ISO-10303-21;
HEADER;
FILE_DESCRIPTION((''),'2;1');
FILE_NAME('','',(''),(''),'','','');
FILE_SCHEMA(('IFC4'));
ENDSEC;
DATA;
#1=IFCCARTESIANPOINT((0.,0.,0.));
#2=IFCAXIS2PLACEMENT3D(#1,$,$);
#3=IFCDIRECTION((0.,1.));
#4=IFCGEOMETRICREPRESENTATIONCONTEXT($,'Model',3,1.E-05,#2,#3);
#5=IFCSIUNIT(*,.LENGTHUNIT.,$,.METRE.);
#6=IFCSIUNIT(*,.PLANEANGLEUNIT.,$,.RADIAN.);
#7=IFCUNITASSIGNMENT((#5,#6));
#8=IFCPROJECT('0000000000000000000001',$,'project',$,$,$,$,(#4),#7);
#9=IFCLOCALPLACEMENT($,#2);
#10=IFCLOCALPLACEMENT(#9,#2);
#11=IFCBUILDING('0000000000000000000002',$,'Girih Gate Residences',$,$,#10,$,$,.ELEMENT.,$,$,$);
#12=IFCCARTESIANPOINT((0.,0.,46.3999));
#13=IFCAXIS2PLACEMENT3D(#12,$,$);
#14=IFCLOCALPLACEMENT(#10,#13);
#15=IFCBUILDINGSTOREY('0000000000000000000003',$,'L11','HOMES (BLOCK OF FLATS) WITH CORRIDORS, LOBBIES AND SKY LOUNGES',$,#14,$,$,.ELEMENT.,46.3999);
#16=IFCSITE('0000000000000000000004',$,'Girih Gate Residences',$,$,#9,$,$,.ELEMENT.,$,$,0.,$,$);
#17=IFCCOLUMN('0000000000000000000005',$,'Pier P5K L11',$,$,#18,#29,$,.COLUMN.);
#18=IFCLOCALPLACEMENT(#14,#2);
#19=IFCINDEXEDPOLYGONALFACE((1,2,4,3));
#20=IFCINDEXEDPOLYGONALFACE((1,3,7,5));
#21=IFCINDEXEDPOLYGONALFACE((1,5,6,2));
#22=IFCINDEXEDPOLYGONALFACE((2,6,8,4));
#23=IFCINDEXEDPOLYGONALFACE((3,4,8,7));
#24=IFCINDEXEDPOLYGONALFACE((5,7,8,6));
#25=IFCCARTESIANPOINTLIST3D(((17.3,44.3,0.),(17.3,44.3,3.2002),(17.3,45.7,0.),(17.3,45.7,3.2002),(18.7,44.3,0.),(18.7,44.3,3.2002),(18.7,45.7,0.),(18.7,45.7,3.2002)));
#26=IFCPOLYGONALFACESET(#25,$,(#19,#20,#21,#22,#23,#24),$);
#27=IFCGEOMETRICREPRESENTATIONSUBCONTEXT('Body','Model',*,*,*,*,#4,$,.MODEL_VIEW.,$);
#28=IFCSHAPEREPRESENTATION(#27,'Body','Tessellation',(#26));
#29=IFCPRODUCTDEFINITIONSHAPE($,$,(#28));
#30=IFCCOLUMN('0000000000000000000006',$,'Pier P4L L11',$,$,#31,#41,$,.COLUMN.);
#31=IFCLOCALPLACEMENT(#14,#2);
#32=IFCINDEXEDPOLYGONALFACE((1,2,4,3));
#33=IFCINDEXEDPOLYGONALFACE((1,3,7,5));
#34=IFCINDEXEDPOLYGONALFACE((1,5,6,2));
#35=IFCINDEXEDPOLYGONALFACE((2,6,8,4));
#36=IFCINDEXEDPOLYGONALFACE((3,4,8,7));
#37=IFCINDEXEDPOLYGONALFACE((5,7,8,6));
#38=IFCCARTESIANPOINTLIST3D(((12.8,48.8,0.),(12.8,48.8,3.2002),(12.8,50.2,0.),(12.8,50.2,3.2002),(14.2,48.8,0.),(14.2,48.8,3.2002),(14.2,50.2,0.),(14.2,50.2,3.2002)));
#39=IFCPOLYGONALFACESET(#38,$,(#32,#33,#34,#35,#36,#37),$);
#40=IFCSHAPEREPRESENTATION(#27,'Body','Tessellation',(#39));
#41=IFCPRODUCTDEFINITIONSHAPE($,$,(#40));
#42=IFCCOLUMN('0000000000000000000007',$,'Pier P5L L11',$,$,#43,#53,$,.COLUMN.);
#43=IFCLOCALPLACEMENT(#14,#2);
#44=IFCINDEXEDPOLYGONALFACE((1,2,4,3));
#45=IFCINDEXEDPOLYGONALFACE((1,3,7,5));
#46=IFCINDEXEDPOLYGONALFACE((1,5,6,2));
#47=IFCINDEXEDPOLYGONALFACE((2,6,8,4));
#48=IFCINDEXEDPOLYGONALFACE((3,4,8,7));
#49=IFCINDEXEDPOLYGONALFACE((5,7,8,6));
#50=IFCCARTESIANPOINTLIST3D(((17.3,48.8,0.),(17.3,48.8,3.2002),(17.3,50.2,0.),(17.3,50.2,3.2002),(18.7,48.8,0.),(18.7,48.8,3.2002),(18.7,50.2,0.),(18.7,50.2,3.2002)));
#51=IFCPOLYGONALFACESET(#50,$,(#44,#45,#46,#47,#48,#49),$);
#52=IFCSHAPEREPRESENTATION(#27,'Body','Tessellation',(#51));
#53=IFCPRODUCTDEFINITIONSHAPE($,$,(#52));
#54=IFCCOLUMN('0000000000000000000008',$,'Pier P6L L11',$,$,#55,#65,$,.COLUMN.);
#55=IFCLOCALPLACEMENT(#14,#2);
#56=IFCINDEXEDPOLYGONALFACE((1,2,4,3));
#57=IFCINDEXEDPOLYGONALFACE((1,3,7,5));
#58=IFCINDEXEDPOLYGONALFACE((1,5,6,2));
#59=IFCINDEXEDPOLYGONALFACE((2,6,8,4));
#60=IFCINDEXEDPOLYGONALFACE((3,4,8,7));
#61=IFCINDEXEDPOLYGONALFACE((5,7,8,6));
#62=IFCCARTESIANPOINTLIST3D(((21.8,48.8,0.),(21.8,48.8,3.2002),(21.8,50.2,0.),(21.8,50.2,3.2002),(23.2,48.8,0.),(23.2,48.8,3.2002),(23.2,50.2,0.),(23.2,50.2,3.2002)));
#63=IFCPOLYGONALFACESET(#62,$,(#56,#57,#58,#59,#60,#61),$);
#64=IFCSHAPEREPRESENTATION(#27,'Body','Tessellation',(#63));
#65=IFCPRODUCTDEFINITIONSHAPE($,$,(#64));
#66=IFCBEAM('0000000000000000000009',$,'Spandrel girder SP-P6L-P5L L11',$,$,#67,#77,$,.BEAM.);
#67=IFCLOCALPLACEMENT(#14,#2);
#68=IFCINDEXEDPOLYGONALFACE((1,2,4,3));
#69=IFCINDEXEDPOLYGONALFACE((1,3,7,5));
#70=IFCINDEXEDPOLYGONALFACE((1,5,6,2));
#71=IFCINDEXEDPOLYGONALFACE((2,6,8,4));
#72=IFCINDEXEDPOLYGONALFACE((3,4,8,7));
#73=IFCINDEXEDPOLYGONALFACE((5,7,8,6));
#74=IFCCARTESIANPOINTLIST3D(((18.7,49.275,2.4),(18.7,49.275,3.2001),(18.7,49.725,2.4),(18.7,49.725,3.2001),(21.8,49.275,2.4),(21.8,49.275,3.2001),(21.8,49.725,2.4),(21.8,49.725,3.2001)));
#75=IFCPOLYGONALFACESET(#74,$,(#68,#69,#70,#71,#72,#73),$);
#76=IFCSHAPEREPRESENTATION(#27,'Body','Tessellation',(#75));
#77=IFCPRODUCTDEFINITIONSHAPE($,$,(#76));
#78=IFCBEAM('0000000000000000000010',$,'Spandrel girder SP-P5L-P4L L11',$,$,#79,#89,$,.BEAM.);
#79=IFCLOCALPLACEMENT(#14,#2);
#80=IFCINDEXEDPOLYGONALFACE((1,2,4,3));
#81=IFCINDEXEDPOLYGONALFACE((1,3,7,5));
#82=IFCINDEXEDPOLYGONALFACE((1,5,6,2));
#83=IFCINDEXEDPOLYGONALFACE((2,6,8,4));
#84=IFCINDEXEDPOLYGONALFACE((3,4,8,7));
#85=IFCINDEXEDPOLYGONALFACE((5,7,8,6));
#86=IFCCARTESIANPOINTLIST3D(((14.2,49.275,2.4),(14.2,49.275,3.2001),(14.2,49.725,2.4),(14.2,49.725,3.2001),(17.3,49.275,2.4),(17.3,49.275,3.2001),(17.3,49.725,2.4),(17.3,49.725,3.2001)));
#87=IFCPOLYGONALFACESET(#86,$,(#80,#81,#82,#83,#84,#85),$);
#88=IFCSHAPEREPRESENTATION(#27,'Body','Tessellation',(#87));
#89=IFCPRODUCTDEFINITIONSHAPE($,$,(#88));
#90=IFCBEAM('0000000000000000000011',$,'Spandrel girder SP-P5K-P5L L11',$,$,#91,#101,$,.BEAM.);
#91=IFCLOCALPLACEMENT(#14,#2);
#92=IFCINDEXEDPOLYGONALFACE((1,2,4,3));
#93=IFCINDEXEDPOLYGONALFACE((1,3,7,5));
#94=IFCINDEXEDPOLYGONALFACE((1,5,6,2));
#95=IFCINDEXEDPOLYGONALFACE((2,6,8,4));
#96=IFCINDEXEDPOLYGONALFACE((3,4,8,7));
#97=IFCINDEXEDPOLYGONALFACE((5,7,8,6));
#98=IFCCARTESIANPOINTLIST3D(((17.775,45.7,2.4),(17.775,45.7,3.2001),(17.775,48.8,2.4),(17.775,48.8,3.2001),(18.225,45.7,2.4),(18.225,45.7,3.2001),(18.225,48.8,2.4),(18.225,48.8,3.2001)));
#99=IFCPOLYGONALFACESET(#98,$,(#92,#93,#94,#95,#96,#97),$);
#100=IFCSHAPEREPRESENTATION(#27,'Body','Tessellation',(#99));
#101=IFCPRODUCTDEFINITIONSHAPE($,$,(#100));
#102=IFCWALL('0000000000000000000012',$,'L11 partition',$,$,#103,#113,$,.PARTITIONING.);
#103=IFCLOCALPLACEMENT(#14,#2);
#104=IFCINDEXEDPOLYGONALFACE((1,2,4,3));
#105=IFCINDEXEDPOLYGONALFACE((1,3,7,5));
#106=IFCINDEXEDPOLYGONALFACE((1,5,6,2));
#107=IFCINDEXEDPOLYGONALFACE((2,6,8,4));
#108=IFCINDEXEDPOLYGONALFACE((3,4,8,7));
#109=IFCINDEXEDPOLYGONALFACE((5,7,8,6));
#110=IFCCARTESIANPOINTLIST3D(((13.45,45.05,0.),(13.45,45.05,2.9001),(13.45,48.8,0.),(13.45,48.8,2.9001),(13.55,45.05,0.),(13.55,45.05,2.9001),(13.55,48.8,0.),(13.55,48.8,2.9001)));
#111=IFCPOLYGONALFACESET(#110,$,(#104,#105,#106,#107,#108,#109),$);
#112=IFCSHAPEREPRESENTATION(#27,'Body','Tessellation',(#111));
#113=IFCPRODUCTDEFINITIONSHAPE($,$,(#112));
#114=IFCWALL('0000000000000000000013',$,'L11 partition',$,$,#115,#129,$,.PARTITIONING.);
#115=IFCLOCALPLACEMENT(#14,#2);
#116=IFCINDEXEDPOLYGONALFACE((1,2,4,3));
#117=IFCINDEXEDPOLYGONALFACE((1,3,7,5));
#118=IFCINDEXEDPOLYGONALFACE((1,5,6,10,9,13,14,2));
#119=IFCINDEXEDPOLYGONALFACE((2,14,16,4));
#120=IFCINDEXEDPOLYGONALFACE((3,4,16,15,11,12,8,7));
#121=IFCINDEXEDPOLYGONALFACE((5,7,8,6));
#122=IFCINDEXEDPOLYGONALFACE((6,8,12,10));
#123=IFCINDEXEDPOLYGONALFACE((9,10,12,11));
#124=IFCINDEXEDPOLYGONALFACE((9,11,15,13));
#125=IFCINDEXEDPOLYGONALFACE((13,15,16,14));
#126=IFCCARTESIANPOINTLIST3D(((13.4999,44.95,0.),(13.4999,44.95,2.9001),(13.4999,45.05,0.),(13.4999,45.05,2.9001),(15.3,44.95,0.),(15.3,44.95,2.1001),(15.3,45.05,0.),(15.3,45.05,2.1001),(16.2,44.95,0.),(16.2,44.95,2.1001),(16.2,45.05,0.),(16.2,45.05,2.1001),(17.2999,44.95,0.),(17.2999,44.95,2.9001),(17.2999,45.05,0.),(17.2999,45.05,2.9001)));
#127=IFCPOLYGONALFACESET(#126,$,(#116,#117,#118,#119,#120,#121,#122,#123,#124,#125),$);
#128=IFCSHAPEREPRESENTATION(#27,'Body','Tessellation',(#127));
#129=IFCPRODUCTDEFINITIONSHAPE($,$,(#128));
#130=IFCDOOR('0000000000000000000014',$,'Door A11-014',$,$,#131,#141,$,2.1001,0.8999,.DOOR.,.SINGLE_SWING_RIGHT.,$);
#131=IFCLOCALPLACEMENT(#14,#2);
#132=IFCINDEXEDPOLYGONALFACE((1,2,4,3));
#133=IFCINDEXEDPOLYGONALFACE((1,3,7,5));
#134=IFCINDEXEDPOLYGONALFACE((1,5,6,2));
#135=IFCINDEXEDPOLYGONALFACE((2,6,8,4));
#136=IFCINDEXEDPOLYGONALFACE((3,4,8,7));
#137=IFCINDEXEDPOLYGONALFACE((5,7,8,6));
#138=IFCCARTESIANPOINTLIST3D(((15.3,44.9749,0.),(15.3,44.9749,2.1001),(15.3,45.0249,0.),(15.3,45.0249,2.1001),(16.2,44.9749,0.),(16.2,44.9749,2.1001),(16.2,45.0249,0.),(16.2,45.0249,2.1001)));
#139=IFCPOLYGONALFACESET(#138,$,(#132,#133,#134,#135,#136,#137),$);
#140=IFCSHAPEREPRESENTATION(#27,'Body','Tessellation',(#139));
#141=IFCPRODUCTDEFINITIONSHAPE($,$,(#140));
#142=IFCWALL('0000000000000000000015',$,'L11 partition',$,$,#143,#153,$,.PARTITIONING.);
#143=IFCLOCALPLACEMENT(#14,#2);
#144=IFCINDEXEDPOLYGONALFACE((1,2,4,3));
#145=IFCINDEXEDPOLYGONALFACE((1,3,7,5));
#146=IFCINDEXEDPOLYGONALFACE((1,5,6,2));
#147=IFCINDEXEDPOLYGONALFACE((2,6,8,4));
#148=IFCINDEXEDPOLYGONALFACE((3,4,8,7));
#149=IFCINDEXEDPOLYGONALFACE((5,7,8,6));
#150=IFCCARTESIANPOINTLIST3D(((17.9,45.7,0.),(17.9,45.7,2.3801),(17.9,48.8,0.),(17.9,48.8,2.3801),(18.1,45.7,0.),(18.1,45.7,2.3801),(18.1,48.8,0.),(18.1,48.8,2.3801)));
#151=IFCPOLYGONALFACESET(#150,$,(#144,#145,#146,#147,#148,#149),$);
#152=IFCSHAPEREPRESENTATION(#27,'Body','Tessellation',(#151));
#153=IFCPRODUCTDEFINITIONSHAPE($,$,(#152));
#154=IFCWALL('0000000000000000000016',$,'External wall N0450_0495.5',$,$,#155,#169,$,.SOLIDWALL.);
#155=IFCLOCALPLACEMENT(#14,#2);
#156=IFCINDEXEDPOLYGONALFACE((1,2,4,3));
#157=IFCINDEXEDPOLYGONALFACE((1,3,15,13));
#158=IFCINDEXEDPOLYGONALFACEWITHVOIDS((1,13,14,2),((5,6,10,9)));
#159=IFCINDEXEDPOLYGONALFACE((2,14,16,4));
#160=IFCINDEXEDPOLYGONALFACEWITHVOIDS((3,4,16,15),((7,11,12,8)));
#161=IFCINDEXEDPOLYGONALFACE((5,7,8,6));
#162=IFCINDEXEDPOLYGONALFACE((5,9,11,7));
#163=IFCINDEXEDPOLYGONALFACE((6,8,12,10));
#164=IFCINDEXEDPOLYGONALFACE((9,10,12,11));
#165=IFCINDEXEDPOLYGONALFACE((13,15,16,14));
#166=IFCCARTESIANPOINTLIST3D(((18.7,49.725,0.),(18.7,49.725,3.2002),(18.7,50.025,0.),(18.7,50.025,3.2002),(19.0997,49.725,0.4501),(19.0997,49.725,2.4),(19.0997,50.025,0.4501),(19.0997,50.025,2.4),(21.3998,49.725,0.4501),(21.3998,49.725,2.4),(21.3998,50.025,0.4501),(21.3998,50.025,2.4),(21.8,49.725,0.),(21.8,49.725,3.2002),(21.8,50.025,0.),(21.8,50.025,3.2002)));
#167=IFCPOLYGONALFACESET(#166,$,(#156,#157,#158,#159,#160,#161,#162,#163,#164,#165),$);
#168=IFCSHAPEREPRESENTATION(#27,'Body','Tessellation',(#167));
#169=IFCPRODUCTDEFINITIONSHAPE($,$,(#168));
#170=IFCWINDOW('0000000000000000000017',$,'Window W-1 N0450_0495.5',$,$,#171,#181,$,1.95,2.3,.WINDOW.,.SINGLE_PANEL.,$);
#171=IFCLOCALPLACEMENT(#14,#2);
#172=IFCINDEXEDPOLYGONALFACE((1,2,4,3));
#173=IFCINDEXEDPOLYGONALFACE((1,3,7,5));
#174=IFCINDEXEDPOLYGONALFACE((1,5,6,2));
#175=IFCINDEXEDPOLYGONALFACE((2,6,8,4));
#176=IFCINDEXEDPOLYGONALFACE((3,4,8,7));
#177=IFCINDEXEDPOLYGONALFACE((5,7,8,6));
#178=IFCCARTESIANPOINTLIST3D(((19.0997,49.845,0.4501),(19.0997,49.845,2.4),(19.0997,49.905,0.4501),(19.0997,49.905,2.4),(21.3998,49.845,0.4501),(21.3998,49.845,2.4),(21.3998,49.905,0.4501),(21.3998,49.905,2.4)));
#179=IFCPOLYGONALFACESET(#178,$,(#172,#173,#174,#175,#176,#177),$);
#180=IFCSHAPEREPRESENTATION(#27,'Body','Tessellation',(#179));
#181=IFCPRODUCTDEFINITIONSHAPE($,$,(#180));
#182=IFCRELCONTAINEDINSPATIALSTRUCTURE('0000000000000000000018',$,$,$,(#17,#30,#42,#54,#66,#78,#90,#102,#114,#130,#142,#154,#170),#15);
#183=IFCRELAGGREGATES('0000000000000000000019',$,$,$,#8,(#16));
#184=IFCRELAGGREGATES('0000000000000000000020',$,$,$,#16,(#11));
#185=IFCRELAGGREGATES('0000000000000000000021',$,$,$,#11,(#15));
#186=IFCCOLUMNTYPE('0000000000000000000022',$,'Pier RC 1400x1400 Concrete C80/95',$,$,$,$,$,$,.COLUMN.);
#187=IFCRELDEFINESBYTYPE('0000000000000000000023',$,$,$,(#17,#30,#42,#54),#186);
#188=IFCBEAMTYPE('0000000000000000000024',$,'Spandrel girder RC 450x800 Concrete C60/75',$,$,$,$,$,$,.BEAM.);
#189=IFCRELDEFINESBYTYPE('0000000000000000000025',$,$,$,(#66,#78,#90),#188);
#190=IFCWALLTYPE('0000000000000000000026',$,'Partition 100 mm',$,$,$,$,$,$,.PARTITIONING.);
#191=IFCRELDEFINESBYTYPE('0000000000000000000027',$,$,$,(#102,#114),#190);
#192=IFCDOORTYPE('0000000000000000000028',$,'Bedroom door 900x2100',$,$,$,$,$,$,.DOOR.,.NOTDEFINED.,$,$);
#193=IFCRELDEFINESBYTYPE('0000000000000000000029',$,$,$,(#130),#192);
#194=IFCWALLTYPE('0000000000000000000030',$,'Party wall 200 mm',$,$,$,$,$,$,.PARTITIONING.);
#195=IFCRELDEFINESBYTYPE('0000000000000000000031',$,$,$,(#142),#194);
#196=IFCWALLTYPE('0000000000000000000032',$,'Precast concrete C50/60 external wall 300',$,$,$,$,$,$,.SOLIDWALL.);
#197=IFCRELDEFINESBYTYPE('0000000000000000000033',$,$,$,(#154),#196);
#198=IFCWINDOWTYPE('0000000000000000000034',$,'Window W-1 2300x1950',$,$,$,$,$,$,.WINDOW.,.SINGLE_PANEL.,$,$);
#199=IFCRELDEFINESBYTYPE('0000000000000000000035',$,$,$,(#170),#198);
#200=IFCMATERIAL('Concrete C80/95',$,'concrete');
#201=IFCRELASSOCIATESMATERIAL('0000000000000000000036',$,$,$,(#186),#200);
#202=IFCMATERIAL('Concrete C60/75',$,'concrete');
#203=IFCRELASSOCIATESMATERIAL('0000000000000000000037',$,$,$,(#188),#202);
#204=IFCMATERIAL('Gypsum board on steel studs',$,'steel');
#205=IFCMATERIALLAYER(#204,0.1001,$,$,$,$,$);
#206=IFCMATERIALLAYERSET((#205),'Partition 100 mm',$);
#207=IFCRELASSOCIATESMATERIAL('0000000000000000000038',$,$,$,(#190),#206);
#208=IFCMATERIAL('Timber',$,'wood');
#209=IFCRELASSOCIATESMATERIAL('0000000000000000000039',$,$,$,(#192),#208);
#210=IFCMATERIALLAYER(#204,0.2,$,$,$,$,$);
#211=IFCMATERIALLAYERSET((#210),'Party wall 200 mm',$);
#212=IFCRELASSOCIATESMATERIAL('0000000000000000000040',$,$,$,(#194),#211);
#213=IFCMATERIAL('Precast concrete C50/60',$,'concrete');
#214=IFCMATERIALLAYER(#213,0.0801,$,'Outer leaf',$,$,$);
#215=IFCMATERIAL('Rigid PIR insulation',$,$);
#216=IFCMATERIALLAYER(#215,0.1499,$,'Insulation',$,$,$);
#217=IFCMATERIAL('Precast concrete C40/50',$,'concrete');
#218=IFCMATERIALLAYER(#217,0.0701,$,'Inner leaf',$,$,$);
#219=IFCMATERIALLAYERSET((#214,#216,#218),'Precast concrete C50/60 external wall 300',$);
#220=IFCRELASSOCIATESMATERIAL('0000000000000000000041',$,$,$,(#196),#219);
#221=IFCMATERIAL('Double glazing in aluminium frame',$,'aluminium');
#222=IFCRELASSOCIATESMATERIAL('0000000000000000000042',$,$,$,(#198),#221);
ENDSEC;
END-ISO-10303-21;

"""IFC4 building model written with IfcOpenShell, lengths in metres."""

from ifc_helpers import new_model, si_unit, direction, frame, frame_2d, origin, origin_2d, place, context, subcontext, project, spatial, rectangle, extrude, material, layer, layer_set, material_profile, profile_set, type_object, element, fill, save


model = new_model("IFC4")

# Units and contexts
model_context = context("Model", 3, precision=1e-05, world=origin(), true_north=direction((0.0, 1.0)))
body_context = subcontext(model_context, "Body", "Model", "MODEL_VIEW")
ifc_project = project(units=[si_unit("LENGTHUNIT", "METRE"), si_unit("PLANEANGLEUNIT", "RADIAN")], contexts=[model_context])

# Site, building, storey
site_placement = place(None, origin())
site = spatial("IfcSite", under=ifc_project, at=site_placement, Name="Girih Gate Residences", CompositionType="ELEMENT", RefElevation=0.0)
building_placement = place(site_placement, origin())
building = spatial("IfcBuilding", under=site, at=building_placement, Name="Girih Gate Residences", CompositionType="ELEMENT")
storey_placement = place(building_placement, frame((0.0, 0.0, 46.3999)))
storey = spatial("IfcBuildingStorey", under=building, at=storey_placement, Name="L11", Description="HOMES (BLOCK OF FLATS) WITH CORRIDORS, LOBBIES AND SKY LOUNGES", CompositionType="ELEMENT", Elevation=46.3999)

# Columns
ifc_material_1 = material(Name="Concrete C80/95", Category="concrete")
ifc_material_profile_1 = material_profile(ifc_material_1, rectangle(XDim=1.3999, YDim=1.3999, at=origin_2d()))
ifc_profile_set_1 = profile_set([ifc_material_profile_1], Name="Concrete C80/95")
column_type = type_object("IfcColumnType", Name="Pier RC 1400x1400 Concrete C80/95", PredefinedType="COLUMN", material=ifc_profile_set_1)
for number, where, z_axis, x_axis, name in (
    (1, (18.0, 45.0, 0.0), (0.0, 0.0, 1.0), (1.0, 0.0, 0.0), "Pier P5K L11"),
    (2, (13.5, 49.5, 0.0), (0.0, 0.0, 1.0), (1.0, 0.0, 0.0), "Pier P4L L11"),
    (3, (18.0, 49.5, 0.0), (0.0, 0.0, 1.0), (1.0, 0.0, 0.0), "Pier P5L L11"),
    (4, (22.5, 49.5, 0.0), (0.0, 0.0, 1.0), (1.0, 0.0, 0.0), "Pier P6L L11"),
):
    element("IfcColumn", number, at=place(storey_placement, frame(where, z_axis=z_axis, x_axis=x_axis)), inside=storey, type_object=column_type, Name=name, PredefinedType="COLUMN", context=body_context, shape_type="SweptSolid", body=[
        extrude(rectangle(XDim=1.3999, YDim=1.3999, at=origin_2d()), origin(), (0.0, 0.0, 1.0), 3.2002),
    ])

# Beams
ifc_material_2 = material(Name="Concrete C60/75", Category="concrete")
ifc_material_profile_2 = material_profile(ifc_material_2, rectangle(XDim=0.45, YDim=0.8, at=origin_2d()))
ifc_profile_set_2 = profile_set([ifc_material_profile_2], Name="Concrete C60/75")
beam_type = type_object("IfcBeamType", Name="Spandrel girder RC 450x800 Concrete C60/75", PredefinedType="BEAM", material=ifc_profile_set_2)
for number, where, z_axis, x_axis, name in (
    (5, (21.8, 49.5, 2.8), (-1.0, 0.0, 0.0), (0.0, -1.0, 0.0), "Spandrel girder SP-P6L-P5L L11"),
    (6, (17.3, 49.5, 2.8), (-1.0, 0.0, 0.0), (0.0, -1.0, 0.0), "Spandrel girder SP-P5L-P4L L11"),
    (7, (18.0, 45.7, 2.8), (0.0, 1.0, 0.0), (-1.0, 0.0, 0.0), "Spandrel girder SP-P5K-P5L L11"),
):
    element("IfcBeam", number, at=place(storey_placement, frame(where, z_axis=z_axis, x_axis=x_axis)), inside=storey, type_object=beam_type, Name=name, PredefinedType="BEAM", context=body_context, shape_type="SweptSolid", body=[
        extrude(rectangle(XDim=0.45, YDim=0.8, at=origin_2d()), origin(), (0.0, 0.0, 1.0), 3.1001),
    ])

# Wall
ifc_material_3 = material(Name="Gypsum board on steel studs", Category="steel")
ifc_layer_1 = layer(ifc_material_3, 0.1001)
ifc_layer_set_1 = layer_set([ifc_layer_1], Name="Partition 100 mm")
wall_type_1 = type_object("IfcWallType", Name="Partition 100 mm", PredefinedType="PARTITIONING", material=ifc_layer_set_1)
wall_1_placement = place(storey_placement, frame((13.5, 45.05, 0.0), z_axis=(0.0, 0.0, 1.0), x_axis=(0.0, 1.0, 0.0)))
element("IfcWall", 8, at=wall_1_placement, inside=storey, type_object=wall_type_1, Name="L11 partition", PredefinedType="PARTITIONING", context=body_context, shape_type="SweptSolid", body=[
    extrude(rectangle(XDim=3.75, YDim=0.1001, at=frame_2d((1.875, 0.0))), origin(), (0.0, 0.0, 1.0), 2.9001),
])

# Wall, opening, door
wall_2_placement = place(storey_placement, frame((13.5, 45.0, 0.0), z_axis=(0.0, 0.0, 1.0), x_axis=(1.0, 0.0, 0.0)))
wall_2 = element("IfcWall", 9, at=wall_2_placement, inside=storey, type_object=wall_type_1, Name="L11 partition", PredefinedType="PARTITIONING", context=body_context, shape_type="SweptSolid", body=[
    extrude(rectangle(XDim=3.8, YDim=0.1001, at=frame_2d((1.8999, 0.0))), origin(), (0.0, 0.0, 1.0), 2.9001),
])
opening_1_placement = place(wall_2_placement, frame((1.8, 0.0, 0.0)))
opening_1 = element("IfcOpeningElement", 10, at=opening_1_placement, cuts=wall_2, PredefinedType="OPENING", context=body_context, shape_type="SweptSolid", body=[
    extrude(rectangle(XDim=0.8999, YDim=2.1001, at=frame_2d((0.45, 1.05))), frame((0.0, 0.0601, 0.0), z_axis=(0.0, -1.0, 0.0), x_axis=(1.0, 0.0, 0.0)), (0.0, 0.0, 1.0), 0.1201),
])
ifc_material_4 = material(Name="Timber", Category="wood")
door_type_1 = type_object("IfcDoorType", Name="Bedroom door 900x2100", OperationType="NOTDEFINED", PredefinedType="DOOR", material=ifc_material_4)
door_1_placement = place(opening_1_placement, origin())
door_1 = element("IfcDoor", 11, at=door_1_placement, inside=storey, type_object=door_type_1, Name="Door A11-014", OperationType="SINGLE_SWING_RIGHT", OverallHeight=2.1001, OverallWidth=0.8999, PredefinedType="DOOR", context=body_context, shape_type="SweptSolid", body=[
    extrude(rectangle(XDim=0.8999, YDim=2.1001, at=frame_2d((0.45, 1.05))), frame((0.0, 0.0249, 0.0), z_axis=(0.0, -1.0, 0.0), x_axis=(1.0, 0.0, 0.0)), (0.0, 0.0, 1.0), 0.05),
])
fill(opening_1, door_1)

# Wall
ifc_layer_2 = layer(ifc_material_3, 0.2)
ifc_layer_set_2 = layer_set([ifc_layer_2], Name="Party wall 200 mm")
wall_type_2 = type_object("IfcWallType", Name="Party wall 200 mm", PredefinedType="PARTITIONING", material=ifc_layer_set_2)
wall_3_placement = place(storey_placement, frame((18.0, 45.7, 0.0), z_axis=(0.0, 0.0, 1.0), x_axis=(0.0, 1.0, 0.0)))
element("IfcWall", 12, at=wall_3_placement, inside=storey, type_object=wall_type_2, Name="L11 partition", PredefinedType="PARTITIONING", context=body_context, shape_type="SweptSolid", body=[
    extrude(rectangle(XDim=3.1001, YDim=0.2, at=frame_2d((1.55, 0.0))), origin(), (0.0, 0.0, 1.0), 2.3801),
])

# Wall, opening, window
ifc_material_5 = material(Name="Precast concrete C50/60", Category="concrete")
ifc_layer_3 = layer(ifc_material_5, 0.0801, Name="Outer leaf")
ifc_material_6 = material(Name="Rigid PIR insulation")
ifc_layer_4 = layer(ifc_material_6, 0.1499, Name="Insulation")
ifc_material_7 = material(Name="Precast concrete C40/50", Category="concrete")
ifc_layer_5 = layer(ifc_material_7, 0.0701, Name="Inner leaf")
ifc_layer_set_3 = layer_set([ifc_layer_3, ifc_layer_4, ifc_layer_5], Name="Precast concrete C50/60 external wall 300")
wall_type_3 = type_object("IfcWallType", Name="Precast concrete C50/60 external wall 300", PredefinedType="SOLIDWALL", material=ifc_layer_set_3)
wall_4_placement = place(storey_placement, frame((18.7, 49.875, 0.0), z_axis=(0.0, 0.0, 1.0), x_axis=(1.0, 0.0, 0.0)))
wall_4 = element("IfcWall", 13, at=wall_4_placement, inside=storey, type_object=wall_type_3, Name="External wall N0450_0495.5", PredefinedType="SOLIDWALL", context=body_context, shape_type="SweptSolid", body=[
    extrude(rectangle(XDim=3.1001, YDim=0.3, at=frame_2d((1.55, 0.0))), origin(), (0.0, 0.0, 1.0), 3.2002),
])
opening_2_placement = place(wall_4_placement, frame((0.3999, 0.0, 0.45)))
opening_2 = element("IfcOpeningElement", 14, at=opening_2_placement, cuts=wall_4, PredefinedType="OPENING", context=body_context, shape_type="SweptSolid", body=[
    extrude(rectangle(XDim=2.3, YDim=1.95, at=frame_2d((1.1499, 0.9751))), frame((0.0, 0.1599, 0.0), z_axis=(0.0, -1.0, 0.0), x_axis=(1.0, 0.0, 0.0)), (0.0, 0.0, 1.0), 0.3201),
])
ifc_material_8 = material(Name="Double glazing in aluminium frame", Category="aluminium")
window_type = type_object("IfcWindowType", Name="Window W-1 2300x1950", PartitioningType="SINGLE_PANEL", PredefinedType="WINDOW", material=ifc_material_8)
window_1_placement = place(opening_2_placement, origin())
window_1 = element("IfcWindow", 15, at=window_1_placement, inside=storey, type_object=window_type, Name="Window W-1 N0450_0495.5", OverallHeight=1.95, OverallWidth=2.3, PartitioningType="SINGLE_PANEL", PredefinedType="WINDOW", context=body_context, shape_type="SweptSolid", body=[
    extrude(rectangle(XDim=2.3, YDim=1.95, at=frame_2d((1.1499, 0.9751))), frame((0.0, 0.03, 0.0), z_axis=(0.0, -1.0, 0.0), x_axis=(1.0, 0.0, 0.0)), (0.0, 0.0, 1.0), 0.0601),
])
fill(opening_2, window_1)

save(model, "model.ifc")
